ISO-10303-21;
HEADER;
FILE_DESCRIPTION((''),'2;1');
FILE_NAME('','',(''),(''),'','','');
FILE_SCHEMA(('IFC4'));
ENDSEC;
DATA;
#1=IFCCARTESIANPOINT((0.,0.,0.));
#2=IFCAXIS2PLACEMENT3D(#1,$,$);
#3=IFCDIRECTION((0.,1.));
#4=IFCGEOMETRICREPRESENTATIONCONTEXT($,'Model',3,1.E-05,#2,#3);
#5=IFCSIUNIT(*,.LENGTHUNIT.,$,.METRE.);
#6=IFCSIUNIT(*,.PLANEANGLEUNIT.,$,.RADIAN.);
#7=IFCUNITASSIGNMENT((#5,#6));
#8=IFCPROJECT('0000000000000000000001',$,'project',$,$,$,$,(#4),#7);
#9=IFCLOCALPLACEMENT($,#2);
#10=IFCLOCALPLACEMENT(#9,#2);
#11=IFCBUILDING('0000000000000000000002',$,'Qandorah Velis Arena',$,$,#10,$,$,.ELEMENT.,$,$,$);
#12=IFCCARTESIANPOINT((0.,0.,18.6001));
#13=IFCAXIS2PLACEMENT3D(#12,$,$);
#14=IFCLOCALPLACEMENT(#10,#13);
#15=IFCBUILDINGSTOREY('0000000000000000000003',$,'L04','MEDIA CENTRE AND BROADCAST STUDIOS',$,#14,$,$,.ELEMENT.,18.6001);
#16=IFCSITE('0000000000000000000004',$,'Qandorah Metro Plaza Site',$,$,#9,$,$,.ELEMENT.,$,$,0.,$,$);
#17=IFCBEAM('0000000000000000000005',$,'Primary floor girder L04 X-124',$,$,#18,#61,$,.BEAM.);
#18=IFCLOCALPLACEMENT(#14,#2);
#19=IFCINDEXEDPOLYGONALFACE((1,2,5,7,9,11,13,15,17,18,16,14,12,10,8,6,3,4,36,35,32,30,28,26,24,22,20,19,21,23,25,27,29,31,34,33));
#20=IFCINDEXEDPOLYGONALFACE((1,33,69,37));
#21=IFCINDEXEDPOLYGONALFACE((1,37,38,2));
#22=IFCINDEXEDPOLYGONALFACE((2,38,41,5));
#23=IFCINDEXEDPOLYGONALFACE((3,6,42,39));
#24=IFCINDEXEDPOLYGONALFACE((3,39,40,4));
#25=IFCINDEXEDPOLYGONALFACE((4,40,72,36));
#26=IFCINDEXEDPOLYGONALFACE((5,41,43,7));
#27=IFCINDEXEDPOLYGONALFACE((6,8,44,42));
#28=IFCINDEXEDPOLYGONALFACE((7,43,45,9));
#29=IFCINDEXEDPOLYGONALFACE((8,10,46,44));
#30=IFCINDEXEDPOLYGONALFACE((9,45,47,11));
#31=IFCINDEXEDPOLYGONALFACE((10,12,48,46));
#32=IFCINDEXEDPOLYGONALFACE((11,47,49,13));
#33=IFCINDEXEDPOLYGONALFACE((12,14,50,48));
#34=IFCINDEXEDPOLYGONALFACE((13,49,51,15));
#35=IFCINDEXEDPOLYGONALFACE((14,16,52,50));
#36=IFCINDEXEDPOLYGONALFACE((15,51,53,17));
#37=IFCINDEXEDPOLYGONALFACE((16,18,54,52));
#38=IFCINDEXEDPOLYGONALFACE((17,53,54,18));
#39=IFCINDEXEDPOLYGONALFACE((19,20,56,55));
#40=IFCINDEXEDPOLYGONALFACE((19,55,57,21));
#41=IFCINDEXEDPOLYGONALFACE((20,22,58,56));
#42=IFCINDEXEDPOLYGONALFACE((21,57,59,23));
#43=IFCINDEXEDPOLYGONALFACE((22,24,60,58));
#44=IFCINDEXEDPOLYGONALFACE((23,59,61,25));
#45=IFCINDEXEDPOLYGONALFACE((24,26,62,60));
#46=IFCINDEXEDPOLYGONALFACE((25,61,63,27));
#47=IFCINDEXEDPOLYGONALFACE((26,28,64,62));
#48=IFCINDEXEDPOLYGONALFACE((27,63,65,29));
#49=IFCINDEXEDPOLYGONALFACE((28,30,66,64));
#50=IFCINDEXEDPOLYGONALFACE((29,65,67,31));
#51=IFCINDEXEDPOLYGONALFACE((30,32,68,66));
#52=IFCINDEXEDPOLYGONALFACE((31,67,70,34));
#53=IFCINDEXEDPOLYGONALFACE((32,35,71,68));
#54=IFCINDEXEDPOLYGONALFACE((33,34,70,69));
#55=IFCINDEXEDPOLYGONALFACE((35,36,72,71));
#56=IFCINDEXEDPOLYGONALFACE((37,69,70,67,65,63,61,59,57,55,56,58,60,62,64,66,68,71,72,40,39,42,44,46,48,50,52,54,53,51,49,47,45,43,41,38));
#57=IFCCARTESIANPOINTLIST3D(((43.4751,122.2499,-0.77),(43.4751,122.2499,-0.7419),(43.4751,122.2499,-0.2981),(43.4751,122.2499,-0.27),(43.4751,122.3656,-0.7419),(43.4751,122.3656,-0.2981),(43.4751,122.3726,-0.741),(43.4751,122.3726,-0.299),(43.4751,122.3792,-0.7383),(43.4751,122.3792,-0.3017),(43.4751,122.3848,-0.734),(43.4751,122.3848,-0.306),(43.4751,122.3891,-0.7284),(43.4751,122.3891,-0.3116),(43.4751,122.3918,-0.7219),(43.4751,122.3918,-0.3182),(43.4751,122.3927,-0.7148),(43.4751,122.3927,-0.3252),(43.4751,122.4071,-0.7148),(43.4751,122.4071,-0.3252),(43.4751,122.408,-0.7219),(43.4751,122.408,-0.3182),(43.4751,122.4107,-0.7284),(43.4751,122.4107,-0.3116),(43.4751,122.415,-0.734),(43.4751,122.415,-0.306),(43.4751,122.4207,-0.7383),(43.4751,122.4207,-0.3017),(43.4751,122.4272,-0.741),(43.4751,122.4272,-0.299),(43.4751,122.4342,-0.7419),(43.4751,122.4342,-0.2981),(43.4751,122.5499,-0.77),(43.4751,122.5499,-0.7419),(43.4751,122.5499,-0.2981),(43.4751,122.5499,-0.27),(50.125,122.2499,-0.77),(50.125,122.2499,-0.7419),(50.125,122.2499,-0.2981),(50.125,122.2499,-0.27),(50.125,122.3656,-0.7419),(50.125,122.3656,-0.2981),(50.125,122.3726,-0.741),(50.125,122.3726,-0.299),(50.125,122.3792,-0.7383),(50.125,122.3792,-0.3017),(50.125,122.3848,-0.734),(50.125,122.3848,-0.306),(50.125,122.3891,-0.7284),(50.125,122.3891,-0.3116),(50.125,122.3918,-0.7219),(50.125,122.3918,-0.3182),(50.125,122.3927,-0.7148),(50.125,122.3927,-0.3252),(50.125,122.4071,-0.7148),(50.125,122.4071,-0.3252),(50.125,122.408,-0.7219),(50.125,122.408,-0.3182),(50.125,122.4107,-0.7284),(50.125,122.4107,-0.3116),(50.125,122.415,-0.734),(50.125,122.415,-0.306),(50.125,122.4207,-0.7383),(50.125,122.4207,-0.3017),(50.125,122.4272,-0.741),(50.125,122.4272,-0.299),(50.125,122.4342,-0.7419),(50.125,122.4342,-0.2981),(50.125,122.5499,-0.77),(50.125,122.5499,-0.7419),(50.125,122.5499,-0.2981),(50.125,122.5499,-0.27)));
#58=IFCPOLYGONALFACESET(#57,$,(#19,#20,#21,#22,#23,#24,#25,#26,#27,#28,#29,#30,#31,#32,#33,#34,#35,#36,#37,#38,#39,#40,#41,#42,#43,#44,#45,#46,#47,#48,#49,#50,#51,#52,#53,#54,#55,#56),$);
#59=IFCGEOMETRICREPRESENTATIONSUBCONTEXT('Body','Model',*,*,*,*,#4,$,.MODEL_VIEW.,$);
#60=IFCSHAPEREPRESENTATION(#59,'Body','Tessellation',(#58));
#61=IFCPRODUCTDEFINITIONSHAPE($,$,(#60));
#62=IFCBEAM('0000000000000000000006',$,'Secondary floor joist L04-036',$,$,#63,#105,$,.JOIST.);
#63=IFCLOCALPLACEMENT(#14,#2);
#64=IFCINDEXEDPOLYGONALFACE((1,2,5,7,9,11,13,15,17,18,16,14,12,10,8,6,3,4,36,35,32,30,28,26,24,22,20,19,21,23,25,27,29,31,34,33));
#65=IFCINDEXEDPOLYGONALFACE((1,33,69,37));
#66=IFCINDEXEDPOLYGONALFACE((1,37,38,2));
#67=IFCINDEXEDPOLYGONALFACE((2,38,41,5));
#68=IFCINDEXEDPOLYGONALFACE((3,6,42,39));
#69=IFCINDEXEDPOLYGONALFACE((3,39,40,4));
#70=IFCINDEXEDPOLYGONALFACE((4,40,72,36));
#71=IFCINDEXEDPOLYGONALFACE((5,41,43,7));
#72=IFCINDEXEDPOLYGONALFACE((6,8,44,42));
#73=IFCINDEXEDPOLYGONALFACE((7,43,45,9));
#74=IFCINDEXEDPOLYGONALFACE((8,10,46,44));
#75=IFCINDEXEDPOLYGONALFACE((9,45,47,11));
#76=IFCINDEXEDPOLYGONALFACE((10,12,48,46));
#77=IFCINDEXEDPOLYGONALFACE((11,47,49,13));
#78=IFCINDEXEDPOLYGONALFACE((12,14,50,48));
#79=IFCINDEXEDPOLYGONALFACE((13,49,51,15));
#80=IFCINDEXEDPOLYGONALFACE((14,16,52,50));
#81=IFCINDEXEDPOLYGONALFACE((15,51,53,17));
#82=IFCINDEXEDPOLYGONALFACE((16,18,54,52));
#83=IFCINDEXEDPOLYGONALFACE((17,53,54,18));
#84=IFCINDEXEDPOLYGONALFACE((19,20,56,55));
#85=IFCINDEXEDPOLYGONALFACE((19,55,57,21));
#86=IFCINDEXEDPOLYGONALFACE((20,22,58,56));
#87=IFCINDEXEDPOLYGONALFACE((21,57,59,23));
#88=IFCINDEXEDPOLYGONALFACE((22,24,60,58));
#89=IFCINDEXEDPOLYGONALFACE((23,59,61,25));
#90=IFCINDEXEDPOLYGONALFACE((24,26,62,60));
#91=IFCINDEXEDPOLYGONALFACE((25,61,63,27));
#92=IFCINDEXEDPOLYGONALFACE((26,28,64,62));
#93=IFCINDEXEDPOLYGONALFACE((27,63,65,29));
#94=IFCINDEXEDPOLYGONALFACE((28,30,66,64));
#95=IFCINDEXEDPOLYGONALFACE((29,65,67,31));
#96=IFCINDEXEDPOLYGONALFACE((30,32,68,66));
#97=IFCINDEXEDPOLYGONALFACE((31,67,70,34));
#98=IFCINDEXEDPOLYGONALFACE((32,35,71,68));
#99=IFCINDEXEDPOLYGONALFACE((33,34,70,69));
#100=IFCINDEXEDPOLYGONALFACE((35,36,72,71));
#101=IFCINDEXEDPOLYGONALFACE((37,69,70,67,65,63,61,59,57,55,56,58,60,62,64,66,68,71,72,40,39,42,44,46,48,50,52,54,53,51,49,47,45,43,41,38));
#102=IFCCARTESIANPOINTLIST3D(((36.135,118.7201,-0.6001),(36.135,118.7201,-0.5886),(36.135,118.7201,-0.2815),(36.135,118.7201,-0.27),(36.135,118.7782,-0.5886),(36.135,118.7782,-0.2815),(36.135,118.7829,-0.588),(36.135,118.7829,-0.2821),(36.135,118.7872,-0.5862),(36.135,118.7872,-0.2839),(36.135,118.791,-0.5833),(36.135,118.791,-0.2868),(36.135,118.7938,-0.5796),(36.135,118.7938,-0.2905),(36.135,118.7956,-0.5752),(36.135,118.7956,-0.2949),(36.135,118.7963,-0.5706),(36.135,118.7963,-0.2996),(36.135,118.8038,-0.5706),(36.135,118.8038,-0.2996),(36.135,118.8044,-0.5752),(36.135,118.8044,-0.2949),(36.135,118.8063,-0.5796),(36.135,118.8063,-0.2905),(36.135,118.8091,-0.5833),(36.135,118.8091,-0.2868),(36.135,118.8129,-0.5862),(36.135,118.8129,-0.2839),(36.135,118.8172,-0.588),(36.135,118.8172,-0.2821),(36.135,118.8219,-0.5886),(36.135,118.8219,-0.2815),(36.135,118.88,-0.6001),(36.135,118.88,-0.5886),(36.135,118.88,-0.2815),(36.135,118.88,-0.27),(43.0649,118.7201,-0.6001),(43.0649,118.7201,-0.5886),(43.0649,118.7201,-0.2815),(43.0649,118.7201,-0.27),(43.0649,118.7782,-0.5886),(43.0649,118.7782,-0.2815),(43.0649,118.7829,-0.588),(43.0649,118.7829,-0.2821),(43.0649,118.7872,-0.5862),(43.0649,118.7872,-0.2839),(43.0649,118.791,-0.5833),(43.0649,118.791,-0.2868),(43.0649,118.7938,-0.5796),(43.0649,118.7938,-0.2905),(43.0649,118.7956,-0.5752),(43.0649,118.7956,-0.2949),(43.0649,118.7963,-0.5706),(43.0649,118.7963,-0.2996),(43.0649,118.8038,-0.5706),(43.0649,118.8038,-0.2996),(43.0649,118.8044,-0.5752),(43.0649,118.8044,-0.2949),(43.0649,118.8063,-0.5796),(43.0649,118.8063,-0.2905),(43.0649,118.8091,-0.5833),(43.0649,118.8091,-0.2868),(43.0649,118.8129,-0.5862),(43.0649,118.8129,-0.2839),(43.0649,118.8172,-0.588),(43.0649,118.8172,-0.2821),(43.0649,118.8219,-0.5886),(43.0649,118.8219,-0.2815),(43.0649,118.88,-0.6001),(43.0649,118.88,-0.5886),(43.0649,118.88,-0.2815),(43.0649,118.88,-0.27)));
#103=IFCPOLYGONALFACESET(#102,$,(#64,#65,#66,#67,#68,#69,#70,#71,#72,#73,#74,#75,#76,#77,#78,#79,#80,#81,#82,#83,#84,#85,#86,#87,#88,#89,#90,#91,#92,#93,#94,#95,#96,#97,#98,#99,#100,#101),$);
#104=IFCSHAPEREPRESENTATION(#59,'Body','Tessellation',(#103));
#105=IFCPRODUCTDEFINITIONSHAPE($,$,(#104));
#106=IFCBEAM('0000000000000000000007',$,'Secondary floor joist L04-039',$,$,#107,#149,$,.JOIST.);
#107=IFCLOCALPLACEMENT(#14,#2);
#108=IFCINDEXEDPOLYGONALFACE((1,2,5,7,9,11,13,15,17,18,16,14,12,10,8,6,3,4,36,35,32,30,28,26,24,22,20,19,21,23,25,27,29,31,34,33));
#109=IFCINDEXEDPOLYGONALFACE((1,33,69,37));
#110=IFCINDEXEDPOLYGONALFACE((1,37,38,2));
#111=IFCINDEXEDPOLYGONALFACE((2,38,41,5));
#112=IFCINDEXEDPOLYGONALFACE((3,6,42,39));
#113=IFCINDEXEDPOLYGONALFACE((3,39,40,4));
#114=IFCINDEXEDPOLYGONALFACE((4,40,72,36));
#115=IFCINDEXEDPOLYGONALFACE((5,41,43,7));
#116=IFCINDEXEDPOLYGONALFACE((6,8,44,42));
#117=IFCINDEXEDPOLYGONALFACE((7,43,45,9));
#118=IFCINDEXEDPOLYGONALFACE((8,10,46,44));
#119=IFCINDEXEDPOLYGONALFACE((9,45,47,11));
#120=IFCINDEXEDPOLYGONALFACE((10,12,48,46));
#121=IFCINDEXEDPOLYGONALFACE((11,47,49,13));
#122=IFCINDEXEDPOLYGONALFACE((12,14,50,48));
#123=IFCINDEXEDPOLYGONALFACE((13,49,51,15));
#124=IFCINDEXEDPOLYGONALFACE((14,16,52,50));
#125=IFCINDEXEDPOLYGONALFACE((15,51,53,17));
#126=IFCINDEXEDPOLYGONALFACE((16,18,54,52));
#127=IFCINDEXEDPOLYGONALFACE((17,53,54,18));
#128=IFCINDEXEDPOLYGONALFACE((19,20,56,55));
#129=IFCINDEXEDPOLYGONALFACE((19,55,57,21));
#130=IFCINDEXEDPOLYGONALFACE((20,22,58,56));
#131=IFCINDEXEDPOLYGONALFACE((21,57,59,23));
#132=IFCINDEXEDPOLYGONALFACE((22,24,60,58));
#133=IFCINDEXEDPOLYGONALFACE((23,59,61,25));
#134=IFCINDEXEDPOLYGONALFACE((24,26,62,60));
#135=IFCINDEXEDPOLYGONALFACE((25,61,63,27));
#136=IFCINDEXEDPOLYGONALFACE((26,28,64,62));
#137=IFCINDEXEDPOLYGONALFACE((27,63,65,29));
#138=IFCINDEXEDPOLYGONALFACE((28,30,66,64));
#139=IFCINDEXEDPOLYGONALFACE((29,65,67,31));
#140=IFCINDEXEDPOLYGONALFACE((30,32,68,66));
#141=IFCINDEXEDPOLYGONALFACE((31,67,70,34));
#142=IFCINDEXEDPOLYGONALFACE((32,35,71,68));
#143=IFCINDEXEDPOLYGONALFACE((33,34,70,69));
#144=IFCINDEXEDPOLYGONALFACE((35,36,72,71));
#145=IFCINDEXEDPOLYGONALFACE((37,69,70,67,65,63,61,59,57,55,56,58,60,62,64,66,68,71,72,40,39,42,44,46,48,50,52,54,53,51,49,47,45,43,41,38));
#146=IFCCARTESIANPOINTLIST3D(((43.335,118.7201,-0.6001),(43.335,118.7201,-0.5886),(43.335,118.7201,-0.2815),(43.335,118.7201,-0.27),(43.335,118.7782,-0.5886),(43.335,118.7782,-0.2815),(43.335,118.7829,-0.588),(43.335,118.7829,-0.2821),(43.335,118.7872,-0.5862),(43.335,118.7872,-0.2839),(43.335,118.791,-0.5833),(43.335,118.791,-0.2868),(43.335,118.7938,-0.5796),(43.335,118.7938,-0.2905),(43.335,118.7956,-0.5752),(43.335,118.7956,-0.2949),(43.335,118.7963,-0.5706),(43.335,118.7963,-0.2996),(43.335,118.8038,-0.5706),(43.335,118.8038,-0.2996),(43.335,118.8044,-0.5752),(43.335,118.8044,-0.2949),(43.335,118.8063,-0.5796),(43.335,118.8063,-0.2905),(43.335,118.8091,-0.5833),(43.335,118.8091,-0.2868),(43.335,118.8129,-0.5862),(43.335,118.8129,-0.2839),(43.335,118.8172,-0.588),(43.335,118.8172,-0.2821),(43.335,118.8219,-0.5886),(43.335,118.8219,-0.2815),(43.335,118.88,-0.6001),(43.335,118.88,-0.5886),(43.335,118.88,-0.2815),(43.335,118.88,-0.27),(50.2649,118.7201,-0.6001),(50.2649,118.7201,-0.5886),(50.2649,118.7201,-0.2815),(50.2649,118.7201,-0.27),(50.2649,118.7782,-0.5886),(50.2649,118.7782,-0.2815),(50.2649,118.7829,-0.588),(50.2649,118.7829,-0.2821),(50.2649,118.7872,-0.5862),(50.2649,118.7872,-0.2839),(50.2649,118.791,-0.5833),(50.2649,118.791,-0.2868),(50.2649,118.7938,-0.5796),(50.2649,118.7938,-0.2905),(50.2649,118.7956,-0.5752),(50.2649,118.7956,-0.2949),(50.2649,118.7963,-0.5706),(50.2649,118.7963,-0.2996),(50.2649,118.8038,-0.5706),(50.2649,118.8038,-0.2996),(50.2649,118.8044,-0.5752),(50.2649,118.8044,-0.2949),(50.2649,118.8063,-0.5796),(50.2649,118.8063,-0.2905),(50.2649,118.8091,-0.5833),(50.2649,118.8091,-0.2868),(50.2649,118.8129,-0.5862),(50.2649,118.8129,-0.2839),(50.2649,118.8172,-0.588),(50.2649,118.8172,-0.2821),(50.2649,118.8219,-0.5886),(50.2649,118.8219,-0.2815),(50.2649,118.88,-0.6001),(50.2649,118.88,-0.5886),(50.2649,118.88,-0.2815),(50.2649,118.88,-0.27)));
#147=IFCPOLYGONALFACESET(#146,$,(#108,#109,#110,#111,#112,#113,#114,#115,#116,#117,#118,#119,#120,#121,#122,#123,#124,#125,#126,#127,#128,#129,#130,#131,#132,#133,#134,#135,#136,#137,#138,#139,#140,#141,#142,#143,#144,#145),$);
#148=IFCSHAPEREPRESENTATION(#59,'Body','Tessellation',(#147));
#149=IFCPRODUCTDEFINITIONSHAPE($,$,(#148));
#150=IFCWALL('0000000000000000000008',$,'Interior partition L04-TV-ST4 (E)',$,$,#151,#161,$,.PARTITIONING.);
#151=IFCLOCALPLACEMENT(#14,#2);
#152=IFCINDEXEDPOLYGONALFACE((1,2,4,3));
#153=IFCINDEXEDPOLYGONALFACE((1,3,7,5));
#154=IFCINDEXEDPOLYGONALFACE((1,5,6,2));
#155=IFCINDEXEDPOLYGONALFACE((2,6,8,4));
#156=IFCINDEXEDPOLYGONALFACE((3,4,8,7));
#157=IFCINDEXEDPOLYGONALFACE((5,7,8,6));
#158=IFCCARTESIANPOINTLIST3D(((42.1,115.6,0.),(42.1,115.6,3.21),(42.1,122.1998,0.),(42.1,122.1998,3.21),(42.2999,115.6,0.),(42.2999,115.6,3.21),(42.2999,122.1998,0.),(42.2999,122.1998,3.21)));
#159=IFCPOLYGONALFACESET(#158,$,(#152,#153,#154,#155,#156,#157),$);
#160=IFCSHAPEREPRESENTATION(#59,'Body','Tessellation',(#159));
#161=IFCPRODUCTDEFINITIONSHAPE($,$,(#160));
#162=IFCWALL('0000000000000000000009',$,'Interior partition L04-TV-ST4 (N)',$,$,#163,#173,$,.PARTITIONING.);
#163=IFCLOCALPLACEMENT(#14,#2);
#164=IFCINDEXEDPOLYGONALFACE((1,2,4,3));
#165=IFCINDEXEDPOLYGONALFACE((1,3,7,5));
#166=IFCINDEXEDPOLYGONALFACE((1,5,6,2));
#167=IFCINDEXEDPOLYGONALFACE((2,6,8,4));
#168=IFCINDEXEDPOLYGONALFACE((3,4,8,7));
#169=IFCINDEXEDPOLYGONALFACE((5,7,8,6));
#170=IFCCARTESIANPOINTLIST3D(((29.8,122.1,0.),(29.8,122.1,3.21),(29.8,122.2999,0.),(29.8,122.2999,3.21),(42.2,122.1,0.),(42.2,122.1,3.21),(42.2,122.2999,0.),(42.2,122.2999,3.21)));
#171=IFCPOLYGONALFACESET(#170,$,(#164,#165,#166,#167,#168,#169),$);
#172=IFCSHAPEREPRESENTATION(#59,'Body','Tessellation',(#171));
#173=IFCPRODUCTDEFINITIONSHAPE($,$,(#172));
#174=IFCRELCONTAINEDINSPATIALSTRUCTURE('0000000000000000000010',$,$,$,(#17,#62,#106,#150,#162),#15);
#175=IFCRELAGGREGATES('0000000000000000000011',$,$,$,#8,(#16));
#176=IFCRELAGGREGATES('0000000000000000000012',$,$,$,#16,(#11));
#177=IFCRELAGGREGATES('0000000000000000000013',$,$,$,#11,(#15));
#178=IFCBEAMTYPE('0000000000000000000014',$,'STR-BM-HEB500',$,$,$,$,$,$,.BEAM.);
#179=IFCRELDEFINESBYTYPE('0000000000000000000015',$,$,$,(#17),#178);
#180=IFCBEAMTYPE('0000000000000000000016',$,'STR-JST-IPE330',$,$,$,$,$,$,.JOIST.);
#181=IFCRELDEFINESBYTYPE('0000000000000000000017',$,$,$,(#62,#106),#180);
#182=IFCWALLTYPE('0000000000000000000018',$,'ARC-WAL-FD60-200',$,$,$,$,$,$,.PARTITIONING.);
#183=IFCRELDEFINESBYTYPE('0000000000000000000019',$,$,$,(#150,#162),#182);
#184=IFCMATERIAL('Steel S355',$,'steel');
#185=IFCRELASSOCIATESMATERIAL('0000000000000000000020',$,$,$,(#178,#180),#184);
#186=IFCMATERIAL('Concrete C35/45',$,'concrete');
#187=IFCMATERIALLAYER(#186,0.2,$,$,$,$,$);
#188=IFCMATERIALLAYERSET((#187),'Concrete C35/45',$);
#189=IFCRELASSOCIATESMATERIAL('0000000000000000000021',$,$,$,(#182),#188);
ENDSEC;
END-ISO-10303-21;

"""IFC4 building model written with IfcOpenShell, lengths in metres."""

from ifc_helpers import new_model, si_unit, direction, frame, frame_2d, origin, origin_2d, place, context, subcontext, project, spatial, rectangle, i_section, extrude, material, layer, layer_set, material_profile, profile_set, type_object, element, save


model = new_model("IFC4")

# Units and contexts
model_context = context("Model", 3, precision=1e-05, world=origin(), true_north=direction((0.0, 1.0)))
body_context = subcontext(model_context, "Body", "Model", "MODEL_VIEW")
ifc_project = project(units=[si_unit("LENGTHUNIT", "METRE"), si_unit("PLANEANGLEUNIT", "RADIAN")], contexts=[model_context])

# Site, building, storey
site_placement = place(None, origin())
site = spatial("IfcSite", under=ifc_project, at=site_placement, Name="Qandorah Metro Plaza Site", CompositionType="ELEMENT", RefElevation=0.0)
building_placement = place(site_placement, origin())
building = spatial("IfcBuilding", under=site, at=building_placement, Name="Qandorah Velis Arena", CompositionType="ELEMENT")
storey_placement = place(building_placement, frame((0.0, 0.0, 18.6001)))
storey = spatial("IfcBuildingStorey", under=building, at=storey_placement, Name="L04", Description="MEDIA CENTRE AND BROADCAST STUDIOS", CompositionType="ELEMENT", Elevation=18.6001)

# Shared definitions
ifc_material_1 = material(Name="Steel S355", Category="steel")

# Beams
ifc_material_profile_1 = material_profile(ifc_material_1, i_section(OverallWidth=0.3, OverallDepth=0.5, WebThickness=0.0144, FlangeThickness=0.0281, FilletRadius=0.0271, at=origin_2d()), Name="HEB 500")
ifc_profile_set_1 = profile_set([ifc_material_profile_1], Name="Steel S355")
beam_type_1 = type_object("IfcBeamType", Name="STR-BM-HEB500", PredefinedType="BEAM", material=ifc_profile_set_1)
beam_1_placement = place(storey_placement, frame((43.4751, 122.3999, -0.52), z_axis=(1.0, 0.0, 0.0), x_axis=(0.0, 1.0, 0.0)))
element("IfcBeam", 1, at=beam_1_placement, inside=storey, type_object=beam_type_1, Name="Primary floor girder L04 X-124", PredefinedType="BEAM", context=body_context, shape_type="SweptSolid", body=[
    extrude(i_section(OverallWidth=0.3, OverallDepth=0.5, WebThickness=0.0144, FlangeThickness=0.0281, FilletRadius=0.0271, at=origin_2d()), origin(), (0.0, 0.0, 1.0), 6.6499),
])
ifc_material_profile_2 = material_profile(ifc_material_1, i_section(OverallWidth=0.1599, OverallDepth=0.3301, WebThickness=0.0076, FlangeThickness=0.0115, FilletRadius=0.0181, at=origin_2d()), Name="IPE 330")
ifc_profile_set_2 = profile_set([ifc_material_profile_2], Name="Steel S355")
beam_type_2 = type_object("IfcBeamType", Name="STR-JST-IPE330", PredefinedType="JOIST", material=ifc_profile_set_2)
for number, where, z_axis, x_axis, name in (
    (2, (36.135, 118.8, -0.4351), (1.0, 0.0, 0.0), (0.0, 1.0, 0.0), "Secondary floor joist L04-036"),
    (3, (43.335, 118.8, -0.4351), (1.0, 0.0, 0.0), (0.0, 1.0, 0.0), "Secondary floor joist L04-039"),
):
    element("IfcBeam", number, at=place(storey_placement, frame(where, z_axis=z_axis, x_axis=x_axis)), inside=storey, type_object=beam_type_2, Name=name, PredefinedType="JOIST", context=body_context, shape_type="SweptSolid", body=[
        extrude(i_section(OverallWidth=0.1599, OverallDepth=0.3301, WebThickness=0.0076, FlangeThickness=0.0115, FilletRadius=0.0181, at=origin_2d()), origin(), (0.0, 0.0, 1.0), 6.9299),
    ])

# Walls
ifc_material_2 = material(Name="Concrete C35/45", Category="concrete")
ifc_layer_1 = layer(ifc_material_2, 0.2)
ifc_layer_set_1 = layer_set([ifc_layer_1], Name="Concrete C35/45")
wall_type_1 = type_object("IfcWallType", Name="ARC-WAL-FD60-200", PredefinedType="PARTITIONING", material=ifc_layer_set_1)
wall_1_placement = place(storey_placement, frame((42.2, 115.6001, 0.0), z_axis=(0.0, 0.0, 1.0), x_axis=(0.0, 1.0, 0.0)))
element("IfcWall", 4, at=wall_1_placement, inside=storey, type_object=wall_type_1, Name="Interior partition L04-TV-ST4 (E)", PredefinedType="PARTITIONING", context=body_context, shape_type="SweptSolid", body=[
    extrude(rectangle(XDim=6.5999, YDim=0.2, at=frame_2d((3.2998, 0.0))), origin(), (0.0, 0.0, 1.0), 3.21),
])
wall_2_placement = place(storey_placement, frame((42.2, 122.2, 0.0), z_axis=(0.0, 0.0, 1.0), x_axis=(-1.0, 0.0, 0.0)))
element("IfcWall", 5, at=wall_2_placement, inside=storey, type_object=wall_type_1, Name="Interior partition L04-TV-ST4 (N)", PredefinedType="PARTITIONING", context=body_context, shape_type="SweptSolid", body=[
    extrude(rectangle(XDim=12.3999, YDim=0.2, at=frame_2d((6.2, 0.0))), origin(), (0.0, 0.0, 1.0), 3.21),
])

save(model, "model.ifc")
